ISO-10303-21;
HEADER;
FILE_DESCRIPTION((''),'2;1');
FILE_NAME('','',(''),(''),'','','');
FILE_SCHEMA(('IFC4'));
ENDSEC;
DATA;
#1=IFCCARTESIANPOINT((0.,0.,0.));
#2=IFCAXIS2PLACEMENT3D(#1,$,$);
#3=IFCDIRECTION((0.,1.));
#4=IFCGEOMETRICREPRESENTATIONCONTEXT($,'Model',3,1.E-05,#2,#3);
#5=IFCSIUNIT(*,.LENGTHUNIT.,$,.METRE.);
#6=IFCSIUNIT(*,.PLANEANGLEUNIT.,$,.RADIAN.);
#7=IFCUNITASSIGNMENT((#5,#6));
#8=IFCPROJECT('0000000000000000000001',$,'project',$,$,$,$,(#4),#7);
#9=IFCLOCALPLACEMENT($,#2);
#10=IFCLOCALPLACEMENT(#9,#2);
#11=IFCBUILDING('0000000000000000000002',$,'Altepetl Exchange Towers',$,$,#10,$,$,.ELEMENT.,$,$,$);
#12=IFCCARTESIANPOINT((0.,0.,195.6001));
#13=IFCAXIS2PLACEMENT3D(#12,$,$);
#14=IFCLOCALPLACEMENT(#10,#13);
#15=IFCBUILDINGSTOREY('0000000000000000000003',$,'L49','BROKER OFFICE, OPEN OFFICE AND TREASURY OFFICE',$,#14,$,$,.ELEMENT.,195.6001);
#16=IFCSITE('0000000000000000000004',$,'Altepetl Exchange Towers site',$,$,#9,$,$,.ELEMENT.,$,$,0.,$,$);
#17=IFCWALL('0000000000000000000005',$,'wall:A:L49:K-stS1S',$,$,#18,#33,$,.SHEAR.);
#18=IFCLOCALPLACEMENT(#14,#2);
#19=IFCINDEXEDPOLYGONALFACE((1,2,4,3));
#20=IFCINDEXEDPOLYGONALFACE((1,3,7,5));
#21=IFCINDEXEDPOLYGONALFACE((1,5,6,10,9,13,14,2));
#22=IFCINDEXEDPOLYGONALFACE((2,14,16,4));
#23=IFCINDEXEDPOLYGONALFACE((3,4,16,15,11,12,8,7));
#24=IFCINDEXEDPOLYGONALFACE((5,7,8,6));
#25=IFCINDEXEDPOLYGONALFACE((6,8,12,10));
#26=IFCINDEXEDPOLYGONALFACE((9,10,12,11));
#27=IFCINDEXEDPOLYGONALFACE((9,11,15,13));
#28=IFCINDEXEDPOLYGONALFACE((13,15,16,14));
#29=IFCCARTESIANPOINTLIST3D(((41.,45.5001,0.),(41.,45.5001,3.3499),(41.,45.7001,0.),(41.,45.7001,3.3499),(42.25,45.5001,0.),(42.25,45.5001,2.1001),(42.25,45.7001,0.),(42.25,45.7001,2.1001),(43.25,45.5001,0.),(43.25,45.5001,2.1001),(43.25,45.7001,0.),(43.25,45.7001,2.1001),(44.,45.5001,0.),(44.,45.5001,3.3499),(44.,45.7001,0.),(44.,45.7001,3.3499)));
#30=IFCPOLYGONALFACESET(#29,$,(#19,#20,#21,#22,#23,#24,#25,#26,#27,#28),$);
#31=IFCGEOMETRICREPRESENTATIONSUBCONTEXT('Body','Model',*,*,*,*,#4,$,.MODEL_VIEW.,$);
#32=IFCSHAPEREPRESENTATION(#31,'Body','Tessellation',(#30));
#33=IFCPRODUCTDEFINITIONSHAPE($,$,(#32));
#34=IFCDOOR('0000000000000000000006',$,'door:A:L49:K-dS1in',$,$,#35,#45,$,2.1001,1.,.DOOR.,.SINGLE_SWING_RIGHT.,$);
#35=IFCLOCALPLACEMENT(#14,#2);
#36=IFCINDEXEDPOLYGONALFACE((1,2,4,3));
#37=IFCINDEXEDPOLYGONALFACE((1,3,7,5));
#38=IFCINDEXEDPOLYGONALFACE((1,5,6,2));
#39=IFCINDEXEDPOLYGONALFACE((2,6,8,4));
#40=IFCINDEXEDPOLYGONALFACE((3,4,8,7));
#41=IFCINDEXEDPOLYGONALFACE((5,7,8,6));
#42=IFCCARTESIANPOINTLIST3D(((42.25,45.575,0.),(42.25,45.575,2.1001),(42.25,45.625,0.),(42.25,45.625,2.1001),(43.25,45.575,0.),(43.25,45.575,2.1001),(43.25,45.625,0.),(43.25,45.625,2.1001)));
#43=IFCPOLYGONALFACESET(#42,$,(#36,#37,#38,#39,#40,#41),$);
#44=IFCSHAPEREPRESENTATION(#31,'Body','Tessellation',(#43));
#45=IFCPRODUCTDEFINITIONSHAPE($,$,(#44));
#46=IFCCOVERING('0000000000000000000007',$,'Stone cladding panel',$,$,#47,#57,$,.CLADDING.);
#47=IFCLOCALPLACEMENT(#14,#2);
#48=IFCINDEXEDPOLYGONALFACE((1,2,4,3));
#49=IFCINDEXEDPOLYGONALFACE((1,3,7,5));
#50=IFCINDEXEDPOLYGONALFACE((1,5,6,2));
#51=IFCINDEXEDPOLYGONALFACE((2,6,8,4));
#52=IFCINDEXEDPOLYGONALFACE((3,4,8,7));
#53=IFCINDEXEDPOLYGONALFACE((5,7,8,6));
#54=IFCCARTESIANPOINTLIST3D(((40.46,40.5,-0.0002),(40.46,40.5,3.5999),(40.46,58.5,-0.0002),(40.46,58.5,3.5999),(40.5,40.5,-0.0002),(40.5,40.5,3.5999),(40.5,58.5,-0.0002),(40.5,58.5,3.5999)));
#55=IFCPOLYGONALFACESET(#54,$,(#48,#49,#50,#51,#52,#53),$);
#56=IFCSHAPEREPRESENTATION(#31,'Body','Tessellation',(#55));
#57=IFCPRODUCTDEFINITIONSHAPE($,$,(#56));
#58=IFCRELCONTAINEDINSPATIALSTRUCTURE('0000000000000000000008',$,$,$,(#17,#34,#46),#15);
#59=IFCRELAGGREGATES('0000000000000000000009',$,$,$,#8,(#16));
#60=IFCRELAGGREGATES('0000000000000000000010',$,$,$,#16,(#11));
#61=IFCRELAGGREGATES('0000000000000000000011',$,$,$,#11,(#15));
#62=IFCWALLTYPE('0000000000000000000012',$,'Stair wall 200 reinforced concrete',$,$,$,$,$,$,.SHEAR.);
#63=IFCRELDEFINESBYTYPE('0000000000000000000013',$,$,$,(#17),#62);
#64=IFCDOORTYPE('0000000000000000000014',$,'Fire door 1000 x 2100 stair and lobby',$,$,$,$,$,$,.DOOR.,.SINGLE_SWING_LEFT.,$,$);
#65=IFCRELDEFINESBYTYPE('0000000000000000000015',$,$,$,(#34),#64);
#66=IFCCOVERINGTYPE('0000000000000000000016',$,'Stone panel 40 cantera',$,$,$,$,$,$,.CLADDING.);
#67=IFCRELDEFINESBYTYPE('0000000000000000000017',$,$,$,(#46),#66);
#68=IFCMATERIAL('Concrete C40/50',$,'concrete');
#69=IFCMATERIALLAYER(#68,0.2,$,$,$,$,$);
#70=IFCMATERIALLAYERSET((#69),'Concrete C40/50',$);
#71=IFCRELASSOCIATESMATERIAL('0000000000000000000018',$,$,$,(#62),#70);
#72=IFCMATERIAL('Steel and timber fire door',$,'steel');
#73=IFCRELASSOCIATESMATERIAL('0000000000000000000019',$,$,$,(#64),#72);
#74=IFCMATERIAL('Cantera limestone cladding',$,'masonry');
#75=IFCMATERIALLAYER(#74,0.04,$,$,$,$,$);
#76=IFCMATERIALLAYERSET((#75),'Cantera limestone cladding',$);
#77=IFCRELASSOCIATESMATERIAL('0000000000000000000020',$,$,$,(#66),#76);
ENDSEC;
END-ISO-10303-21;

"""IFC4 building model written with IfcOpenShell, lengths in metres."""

from ifc_helpers import new_model, si_unit, direction, frame, frame_2d, origin, origin_2d, place, context, subcontext, project, spatial, rectangle, extrude, material, layer, layer_set, type_object, element, fill, save


model = new_model("IFC4")

# Units and contexts
model_context = context("Model", 3, precision=1e-05, world=origin(), true_north=direction((0.0, 1.0)))
body_context = subcontext(model_context, "Body", "Model", "MODEL_VIEW")
ifc_project = project(units=[si_unit("LENGTHUNIT", "METRE"), si_unit("PLANEANGLEUNIT", "RADIAN")], contexts=[model_context])

# Site, building, storey
site_placement = place(None, origin())
site = spatial("IfcSite", under=ifc_project, at=site_placement, Name="Altepetl Exchange Towers site", CompositionType="ELEMENT", RefElevation=0.0)
building_placement = place(site_placement, origin())
building = spatial("IfcBuilding", under=site, at=building_placement, Name="Altepetl Exchange Towers", CompositionType="ELEMENT")
storey_placement = place(building_placement, frame((0.0, 0.0, 195.6001)))
storey = spatial("IfcBuildingStorey", under=building, at=storey_placement, Name="L49", Description="BROKER OFFICE, OPEN OFFICE AND TREASURY OFFICE", CompositionType="ELEMENT", Elevation=195.6001)

# Shared definitions
ifc_material_1 = material(Name="Concrete C40/50", Category="concrete")
ifc_material_2 = material(Name="Steel and timber fire door", Category="steel")

# Wall, opening, door
ifc_layer_1 = layer(ifc_material_1, 0.2)
ifc_layer_set_1 = layer_set([ifc_layer_1], Name="Concrete C40/50")
wall_type_1 = type_object("IfcWallType", Name="Stair wall 200 reinforced concrete", PredefinedType="SHEAR", material=ifc_layer_set_1)
wall_1_placement = place(storey_placement, frame((41.0, 45.6001, 0.0)))
wall_1 = element("IfcWall", 1, at=wall_1_placement, inside=storey, type_object=wall_type_1, Name="wall:A:L49:K-stS1S", PredefinedType="SHEAR", context=body_context, shape_type="SweptSolid", body=[
    extrude(rectangle(XDim=3.0, YDim=0.2, at=frame_2d((1.5, 0.0))), origin(), (0.0, 0.0, 1.0), 3.3499),
])
opening_1_placement = place(wall_1_placement, frame((1.25, 0.0, 0.0)))
opening_1 = element("IfcOpeningElement", 2, at=opening_1_placement, cuts=wall_1, PredefinedType="OPENING", context=body_context, shape_type="SweptSolid", body=[
    extrude(rectangle(XDim=1.0, YDim=2.1001, at=frame_2d((0.5, 1.05))), frame((0.0, 0.1099, 0.0), z_axis=(0.0, -1.0, 0.0), x_axis=(1.0, 0.0, 0.0)), (0.0, 0.0, 1.0), 0.22),
])
door_type_1 = type_object("IfcDoorType", Name="Fire door 1000 x 2100 stair and lobby", OperationType="SINGLE_SWING_LEFT", PredefinedType="DOOR", material=ifc_material_2)
door_1_placement = place(opening_1_placement, origin())
door_1 = element("IfcDoor", 3, at=door_1_placement, inside=storey, type_object=door_type_1, Name="door:A:L49:K-dS1in", OperationType="SINGLE_SWING_RIGHT", OverallHeight=2.1001, OverallWidth=1.0, PredefinedType="DOOR", context=body_context, shape_type="SweptSolid", body=[
    extrude(rectangle(XDim=1.0, YDim=2.1001, at=frame_2d((0.5, 1.05))), frame((0.0, 0.0249, 0.0), z_axis=(0.0, -1.0, 0.0), x_axis=(1.0, 0.0, 0.0)), (0.0, 0.0, 1.0), 0.05),
])
fill(opening_1, door_1)

# Covering
ifc_material_3 = material(Name="Cantera limestone cladding", Category="masonry")
ifc_layer_2 = layer(ifc_material_3, 0.04)
ifc_layer_set_2 = layer_set([ifc_layer_2], Name="Cantera limestone cladding")
covering_type = type_object("IfcCoveringType", Name="Stone panel 40 cantera", PredefinedType="CLADDING", material=ifc_layer_set_2)
covering_placement = place(storey_placement, frame((40.48, 49.5, -0.0002), z_axis=(0.0, 0.0, 1.0), x_axis=(0.0, -1.0, 0.0)))
element("IfcCovering", 4, at=covering_placement, inside=storey, type_object=covering_type, Name="Stone cladding panel", PredefinedType="CLADDING", context=body_context, shape_type="SweptSolid", body=[
    extrude(rectangle(XDim=18.0, YDim=0.04, at=origin_2d()), origin(), (0.0, 0.0, 1.0), 3.6001),
])

save(model, "model.ifc")
